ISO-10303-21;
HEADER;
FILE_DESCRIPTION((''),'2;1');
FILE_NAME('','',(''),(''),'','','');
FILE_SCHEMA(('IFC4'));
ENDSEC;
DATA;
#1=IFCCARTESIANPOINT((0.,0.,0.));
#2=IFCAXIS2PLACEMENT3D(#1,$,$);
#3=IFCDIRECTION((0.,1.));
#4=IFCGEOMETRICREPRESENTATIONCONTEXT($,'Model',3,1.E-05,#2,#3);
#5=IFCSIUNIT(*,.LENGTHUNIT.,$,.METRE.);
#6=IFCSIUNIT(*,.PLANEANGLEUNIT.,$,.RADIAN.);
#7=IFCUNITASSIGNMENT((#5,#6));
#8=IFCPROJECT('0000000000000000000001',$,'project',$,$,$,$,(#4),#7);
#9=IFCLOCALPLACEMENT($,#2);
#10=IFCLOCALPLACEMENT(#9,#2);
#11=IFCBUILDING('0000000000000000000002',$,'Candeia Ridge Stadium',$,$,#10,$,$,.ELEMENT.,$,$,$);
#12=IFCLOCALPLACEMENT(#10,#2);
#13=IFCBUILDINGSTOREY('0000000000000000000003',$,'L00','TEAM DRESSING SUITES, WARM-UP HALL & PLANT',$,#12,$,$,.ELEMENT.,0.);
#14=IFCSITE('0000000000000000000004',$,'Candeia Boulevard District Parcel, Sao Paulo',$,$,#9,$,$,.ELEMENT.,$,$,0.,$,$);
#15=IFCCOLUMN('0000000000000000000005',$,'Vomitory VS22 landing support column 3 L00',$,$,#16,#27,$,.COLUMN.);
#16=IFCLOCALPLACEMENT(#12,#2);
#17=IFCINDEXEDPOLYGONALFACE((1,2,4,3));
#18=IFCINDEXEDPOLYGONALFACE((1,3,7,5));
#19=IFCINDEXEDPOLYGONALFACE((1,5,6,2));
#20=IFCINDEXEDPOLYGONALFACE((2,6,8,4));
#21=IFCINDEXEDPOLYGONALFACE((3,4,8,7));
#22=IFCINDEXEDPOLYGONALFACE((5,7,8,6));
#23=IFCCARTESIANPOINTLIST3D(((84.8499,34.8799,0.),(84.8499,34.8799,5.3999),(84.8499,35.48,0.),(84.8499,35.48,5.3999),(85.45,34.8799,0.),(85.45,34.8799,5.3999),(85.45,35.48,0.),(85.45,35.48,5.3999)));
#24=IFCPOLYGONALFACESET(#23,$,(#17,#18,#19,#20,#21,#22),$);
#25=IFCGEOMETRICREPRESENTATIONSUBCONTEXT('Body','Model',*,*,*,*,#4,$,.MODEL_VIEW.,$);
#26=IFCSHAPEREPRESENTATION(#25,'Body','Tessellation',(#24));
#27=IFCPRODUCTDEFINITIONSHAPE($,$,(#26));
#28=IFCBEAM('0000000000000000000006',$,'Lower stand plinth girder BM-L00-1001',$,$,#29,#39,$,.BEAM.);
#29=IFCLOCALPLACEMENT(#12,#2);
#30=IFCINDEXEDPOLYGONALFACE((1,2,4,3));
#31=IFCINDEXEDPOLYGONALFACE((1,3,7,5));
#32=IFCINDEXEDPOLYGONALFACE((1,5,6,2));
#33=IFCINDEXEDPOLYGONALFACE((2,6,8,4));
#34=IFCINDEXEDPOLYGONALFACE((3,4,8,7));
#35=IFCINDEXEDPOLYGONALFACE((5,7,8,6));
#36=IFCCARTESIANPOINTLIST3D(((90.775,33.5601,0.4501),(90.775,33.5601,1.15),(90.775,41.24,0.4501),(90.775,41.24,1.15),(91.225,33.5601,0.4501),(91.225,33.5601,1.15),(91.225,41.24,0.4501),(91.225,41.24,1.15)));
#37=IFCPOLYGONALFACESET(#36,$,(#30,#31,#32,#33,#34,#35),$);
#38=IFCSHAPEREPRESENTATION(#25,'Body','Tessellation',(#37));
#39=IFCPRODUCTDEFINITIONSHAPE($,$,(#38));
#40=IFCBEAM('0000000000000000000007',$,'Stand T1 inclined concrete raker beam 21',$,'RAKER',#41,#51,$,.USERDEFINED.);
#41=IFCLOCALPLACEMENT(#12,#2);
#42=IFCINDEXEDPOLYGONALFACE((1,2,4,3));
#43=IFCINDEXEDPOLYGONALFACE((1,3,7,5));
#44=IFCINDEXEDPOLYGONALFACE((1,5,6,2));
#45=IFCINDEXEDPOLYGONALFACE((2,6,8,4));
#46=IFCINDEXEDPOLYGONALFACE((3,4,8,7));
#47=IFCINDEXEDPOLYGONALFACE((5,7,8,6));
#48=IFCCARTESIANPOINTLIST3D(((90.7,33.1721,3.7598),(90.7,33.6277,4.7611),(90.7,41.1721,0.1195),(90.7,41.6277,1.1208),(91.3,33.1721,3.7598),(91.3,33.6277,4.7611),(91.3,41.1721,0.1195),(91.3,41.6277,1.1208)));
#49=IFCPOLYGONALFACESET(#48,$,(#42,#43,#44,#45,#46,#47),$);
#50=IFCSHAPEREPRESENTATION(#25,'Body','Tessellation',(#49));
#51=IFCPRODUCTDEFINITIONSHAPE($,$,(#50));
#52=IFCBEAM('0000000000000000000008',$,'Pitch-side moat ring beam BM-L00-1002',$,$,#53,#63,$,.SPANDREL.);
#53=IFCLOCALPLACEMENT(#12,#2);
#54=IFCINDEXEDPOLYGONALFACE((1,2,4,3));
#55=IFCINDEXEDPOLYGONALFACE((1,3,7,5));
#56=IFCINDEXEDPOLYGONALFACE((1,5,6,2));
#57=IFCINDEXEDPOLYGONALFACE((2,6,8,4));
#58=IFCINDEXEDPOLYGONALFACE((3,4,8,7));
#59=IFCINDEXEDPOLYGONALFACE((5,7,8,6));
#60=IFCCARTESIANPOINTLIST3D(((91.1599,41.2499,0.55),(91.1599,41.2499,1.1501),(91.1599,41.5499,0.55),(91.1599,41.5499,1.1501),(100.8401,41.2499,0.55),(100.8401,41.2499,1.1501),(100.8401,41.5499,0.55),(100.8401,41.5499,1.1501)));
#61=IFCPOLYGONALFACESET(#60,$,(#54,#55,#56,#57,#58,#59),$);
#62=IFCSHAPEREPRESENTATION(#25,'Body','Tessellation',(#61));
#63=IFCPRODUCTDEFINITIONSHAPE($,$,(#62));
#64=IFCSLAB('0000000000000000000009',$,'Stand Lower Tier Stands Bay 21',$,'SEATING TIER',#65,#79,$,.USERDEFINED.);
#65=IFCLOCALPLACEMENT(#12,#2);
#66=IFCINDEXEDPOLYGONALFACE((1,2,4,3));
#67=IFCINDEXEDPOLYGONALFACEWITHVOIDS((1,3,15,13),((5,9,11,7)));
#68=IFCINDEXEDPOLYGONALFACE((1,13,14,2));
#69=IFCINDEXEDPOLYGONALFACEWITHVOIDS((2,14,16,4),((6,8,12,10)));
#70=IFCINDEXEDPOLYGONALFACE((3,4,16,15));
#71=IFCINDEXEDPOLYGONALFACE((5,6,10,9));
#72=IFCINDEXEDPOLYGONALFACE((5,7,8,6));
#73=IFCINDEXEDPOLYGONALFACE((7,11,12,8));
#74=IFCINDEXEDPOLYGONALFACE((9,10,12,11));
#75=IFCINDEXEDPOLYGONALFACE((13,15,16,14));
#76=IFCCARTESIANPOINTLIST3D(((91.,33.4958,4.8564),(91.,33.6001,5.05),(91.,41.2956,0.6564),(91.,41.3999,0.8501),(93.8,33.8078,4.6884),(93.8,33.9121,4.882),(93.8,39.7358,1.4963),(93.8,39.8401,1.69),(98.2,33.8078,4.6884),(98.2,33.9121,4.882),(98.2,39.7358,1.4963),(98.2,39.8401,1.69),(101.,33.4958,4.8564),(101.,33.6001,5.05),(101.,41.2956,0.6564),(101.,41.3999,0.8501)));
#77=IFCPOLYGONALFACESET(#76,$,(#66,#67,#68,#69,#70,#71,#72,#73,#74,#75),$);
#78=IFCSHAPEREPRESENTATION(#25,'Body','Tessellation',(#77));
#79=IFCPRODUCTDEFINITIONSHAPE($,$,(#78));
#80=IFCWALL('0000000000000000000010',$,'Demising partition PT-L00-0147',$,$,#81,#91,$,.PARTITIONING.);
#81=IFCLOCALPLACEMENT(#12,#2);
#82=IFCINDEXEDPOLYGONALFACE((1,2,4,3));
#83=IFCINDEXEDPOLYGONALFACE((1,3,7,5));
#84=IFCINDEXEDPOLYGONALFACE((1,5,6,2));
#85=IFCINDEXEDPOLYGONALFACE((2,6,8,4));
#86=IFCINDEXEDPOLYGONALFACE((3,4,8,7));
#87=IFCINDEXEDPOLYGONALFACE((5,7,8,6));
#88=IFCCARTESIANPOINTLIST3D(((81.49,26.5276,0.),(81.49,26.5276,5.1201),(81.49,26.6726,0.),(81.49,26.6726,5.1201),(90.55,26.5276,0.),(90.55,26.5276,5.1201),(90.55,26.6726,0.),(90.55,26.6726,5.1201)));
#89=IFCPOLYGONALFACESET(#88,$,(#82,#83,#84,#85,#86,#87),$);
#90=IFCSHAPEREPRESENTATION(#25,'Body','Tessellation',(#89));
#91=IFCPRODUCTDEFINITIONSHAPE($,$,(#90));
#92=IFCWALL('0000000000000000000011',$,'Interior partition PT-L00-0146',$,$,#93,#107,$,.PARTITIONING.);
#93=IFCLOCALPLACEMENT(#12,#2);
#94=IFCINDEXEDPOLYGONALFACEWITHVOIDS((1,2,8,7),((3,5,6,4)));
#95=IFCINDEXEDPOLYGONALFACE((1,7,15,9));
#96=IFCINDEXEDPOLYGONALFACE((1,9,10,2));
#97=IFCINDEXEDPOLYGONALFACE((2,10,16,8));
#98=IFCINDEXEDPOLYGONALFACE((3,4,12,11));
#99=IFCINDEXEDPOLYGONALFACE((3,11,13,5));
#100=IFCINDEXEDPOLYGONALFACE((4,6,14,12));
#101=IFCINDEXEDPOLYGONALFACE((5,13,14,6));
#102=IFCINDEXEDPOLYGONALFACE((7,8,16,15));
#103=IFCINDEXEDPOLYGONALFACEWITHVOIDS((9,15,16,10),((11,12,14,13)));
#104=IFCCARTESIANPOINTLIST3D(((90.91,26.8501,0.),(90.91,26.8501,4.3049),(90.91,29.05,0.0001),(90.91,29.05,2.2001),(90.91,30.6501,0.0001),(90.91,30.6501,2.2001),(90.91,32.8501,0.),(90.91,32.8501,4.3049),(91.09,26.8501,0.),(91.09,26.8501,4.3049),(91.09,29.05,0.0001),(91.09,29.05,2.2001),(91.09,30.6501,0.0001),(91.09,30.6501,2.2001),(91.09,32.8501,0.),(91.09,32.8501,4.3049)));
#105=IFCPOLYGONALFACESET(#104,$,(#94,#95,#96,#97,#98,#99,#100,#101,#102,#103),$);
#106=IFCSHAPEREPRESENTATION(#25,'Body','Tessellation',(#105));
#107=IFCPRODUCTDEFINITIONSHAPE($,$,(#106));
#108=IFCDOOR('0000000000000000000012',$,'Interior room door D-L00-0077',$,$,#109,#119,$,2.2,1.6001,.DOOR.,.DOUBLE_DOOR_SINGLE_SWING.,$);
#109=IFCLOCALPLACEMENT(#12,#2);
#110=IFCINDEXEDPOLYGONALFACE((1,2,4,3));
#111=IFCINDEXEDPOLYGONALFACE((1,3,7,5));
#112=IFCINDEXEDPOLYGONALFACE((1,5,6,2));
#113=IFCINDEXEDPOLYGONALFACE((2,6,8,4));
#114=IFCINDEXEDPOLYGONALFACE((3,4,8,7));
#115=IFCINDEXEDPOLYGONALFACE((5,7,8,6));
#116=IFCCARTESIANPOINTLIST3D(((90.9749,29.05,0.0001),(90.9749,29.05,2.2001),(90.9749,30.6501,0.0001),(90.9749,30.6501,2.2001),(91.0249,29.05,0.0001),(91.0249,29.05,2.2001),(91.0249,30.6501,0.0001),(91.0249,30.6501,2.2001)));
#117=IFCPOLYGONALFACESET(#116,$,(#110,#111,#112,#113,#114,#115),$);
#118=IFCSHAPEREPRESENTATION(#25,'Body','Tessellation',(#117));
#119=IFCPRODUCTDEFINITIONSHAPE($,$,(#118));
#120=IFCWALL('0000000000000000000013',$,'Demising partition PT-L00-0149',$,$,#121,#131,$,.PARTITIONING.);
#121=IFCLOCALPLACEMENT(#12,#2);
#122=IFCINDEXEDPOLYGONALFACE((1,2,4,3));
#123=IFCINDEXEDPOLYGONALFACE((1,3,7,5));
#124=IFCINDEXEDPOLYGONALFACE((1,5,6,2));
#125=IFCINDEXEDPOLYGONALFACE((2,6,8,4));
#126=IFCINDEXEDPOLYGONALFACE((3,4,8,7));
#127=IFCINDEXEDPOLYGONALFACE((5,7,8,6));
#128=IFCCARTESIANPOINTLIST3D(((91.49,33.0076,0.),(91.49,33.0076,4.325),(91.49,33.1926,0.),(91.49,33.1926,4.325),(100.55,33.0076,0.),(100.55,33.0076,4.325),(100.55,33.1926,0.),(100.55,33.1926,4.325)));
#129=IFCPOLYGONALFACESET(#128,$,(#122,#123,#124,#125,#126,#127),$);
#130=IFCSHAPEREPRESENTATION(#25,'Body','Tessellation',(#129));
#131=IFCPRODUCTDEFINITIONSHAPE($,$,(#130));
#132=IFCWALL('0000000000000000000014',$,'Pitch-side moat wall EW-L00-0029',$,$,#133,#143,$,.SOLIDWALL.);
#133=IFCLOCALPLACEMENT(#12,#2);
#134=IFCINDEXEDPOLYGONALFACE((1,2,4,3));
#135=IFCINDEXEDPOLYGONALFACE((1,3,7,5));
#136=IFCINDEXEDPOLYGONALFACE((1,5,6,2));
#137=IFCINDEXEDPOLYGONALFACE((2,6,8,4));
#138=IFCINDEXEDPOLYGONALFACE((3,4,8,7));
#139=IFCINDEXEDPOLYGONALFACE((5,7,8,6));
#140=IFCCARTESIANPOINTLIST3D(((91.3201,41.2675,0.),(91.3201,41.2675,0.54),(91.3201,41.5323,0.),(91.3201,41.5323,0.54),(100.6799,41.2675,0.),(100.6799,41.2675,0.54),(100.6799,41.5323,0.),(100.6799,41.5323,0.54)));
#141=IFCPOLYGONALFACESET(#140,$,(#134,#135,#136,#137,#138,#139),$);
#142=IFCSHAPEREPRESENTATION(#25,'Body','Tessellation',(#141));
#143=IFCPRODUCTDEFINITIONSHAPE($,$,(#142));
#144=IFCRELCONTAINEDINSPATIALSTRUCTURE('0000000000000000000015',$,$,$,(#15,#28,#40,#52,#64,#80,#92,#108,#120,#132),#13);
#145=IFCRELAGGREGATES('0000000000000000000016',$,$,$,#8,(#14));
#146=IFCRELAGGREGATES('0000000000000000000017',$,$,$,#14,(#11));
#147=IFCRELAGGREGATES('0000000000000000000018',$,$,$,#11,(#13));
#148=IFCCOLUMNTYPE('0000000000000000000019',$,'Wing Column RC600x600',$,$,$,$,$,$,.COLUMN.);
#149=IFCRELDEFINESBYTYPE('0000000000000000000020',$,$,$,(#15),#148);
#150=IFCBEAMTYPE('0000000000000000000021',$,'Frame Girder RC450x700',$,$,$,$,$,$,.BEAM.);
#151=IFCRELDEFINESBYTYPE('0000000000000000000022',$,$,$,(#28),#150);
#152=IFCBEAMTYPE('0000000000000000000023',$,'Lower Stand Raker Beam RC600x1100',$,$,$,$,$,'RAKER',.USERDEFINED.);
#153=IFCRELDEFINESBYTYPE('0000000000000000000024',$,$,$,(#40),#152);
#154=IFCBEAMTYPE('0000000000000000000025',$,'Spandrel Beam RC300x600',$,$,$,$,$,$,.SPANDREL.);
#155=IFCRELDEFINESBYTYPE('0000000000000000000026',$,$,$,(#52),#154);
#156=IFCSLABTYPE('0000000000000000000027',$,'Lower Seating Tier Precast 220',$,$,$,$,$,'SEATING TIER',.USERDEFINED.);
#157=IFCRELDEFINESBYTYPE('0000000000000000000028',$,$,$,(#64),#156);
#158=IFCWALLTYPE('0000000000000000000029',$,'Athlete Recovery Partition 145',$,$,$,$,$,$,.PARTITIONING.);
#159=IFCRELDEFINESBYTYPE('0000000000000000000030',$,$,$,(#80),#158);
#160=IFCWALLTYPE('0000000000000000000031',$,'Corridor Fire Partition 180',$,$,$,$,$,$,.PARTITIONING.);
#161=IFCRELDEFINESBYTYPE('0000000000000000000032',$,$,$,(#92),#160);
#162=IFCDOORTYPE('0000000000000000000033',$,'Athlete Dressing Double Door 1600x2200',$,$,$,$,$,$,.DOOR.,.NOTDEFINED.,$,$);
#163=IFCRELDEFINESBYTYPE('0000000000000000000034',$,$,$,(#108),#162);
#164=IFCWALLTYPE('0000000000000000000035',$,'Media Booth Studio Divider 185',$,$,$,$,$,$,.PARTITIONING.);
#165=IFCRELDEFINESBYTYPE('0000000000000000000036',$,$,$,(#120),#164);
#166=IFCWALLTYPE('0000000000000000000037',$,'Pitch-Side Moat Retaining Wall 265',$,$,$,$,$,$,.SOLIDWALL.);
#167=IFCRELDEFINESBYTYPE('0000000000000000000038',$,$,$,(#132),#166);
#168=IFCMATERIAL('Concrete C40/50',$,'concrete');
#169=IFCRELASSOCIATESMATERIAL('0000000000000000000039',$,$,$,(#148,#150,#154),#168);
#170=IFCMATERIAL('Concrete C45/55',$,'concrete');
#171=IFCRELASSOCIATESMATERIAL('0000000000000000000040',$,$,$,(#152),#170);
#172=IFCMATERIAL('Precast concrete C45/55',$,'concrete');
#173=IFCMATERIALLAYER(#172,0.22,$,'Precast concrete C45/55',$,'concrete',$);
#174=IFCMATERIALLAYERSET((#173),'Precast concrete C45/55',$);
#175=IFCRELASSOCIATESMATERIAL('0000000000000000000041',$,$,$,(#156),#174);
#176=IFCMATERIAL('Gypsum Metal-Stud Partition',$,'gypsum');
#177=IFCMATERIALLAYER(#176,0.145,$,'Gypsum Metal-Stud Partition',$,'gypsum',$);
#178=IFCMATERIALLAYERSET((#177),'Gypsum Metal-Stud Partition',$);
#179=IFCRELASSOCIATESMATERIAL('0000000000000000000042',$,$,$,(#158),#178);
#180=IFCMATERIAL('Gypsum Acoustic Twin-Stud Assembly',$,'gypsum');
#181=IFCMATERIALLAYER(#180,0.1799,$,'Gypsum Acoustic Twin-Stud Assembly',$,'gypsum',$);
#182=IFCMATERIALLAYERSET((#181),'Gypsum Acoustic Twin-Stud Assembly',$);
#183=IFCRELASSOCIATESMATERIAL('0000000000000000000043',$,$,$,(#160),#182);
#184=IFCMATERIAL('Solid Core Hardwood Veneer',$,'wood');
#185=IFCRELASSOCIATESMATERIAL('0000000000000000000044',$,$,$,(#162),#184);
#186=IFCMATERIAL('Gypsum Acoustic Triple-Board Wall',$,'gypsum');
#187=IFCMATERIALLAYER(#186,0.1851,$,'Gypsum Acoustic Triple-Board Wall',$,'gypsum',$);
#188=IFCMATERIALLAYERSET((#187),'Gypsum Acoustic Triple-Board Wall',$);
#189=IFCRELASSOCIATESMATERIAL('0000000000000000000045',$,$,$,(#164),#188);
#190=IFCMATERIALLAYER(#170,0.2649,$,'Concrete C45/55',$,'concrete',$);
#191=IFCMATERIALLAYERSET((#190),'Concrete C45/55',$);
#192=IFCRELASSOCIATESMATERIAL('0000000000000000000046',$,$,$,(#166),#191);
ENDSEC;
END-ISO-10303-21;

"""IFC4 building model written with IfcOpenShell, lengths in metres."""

from ifc_helpers import new_model, si_unit, direction, frame, frame_2d, origin, origin_2d, place, context, subcontext, project, spatial, polyline, rectangle, outline, extrude, material, layer, layer_set, material_profile, profile_set, type_object, element, fill, save


model = new_model("IFC4")

# Units and contexts
model_context = context("Model", 3, precision=1e-05, world=origin(), true_north=direction((0.0, 1.0)))
body_context = subcontext(model_context, "Body", "Model", "MODEL_VIEW")
ifc_project = project(units=[si_unit("LENGTHUNIT", "METRE"), si_unit("PLANEANGLEUNIT", "RADIAN")], contexts=[model_context])

# Site, building, storey
site_placement = place(None, origin())
site = spatial("IfcSite", under=ifc_project, at=site_placement, Name="Candeia Boulevard District Parcel, Sao Paulo", CompositionType="ELEMENT", RefElevation=0.0)
building_placement = place(site_placement, origin())
building = spatial("IfcBuilding", under=site, at=building_placement, Name="Candeia Ridge Stadium", CompositionType="ELEMENT")
storey_placement = place(building_placement, origin())
storey = spatial("IfcBuildingStorey", under=building, at=storey_placement, Name="L00", Description="TEAM DRESSING SUITES, WARM-UP HALL & PLANT", CompositionType="ELEMENT", Elevation=0.0)

# Shared definitions
ifc_material_1 = material(Name="Concrete C40/50", Category="concrete")

# Column
ifc_material_2 = material(Name="Concrete C45/55", Category="concrete")
ifc_material_profile_1 = material_profile(ifc_material_1, rectangle(XDim=0.6001, YDim=0.6001, at=origin_2d()), Name="RC600x600", Category="concrete")
ifc_profile_set_1 = profile_set([ifc_material_profile_1], Name="Concrete C40/50")
column_type_1 = type_object("IfcColumnType", Name="Wing Column RC600x600", PredefinedType="COLUMN", material=ifc_profile_set_1)
for number, where, z_axis, x_axis, name in (
    (1, (85.1499, 35.1799, 0.0), (0.0, 0.0, 1.0), (1.0, 0.0, 0.0), "Vomitory VS22 landing support column 3 L00"),
):
    element("IfcColumn", number, at=place(storey_placement, frame(where, z_axis=z_axis, x_axis=x_axis)), inside=storey, type_object=column_type_1, Name=name, PredefinedType="COLUMN", context=body_context, shape_type="SweptSolid", body=[
        extrude(rectangle(XDim=0.6001, YDim=0.6001, at=origin_2d()), origin(), (0.0, 0.0, 1.0), 5.3999),
    ])

# Beams
ifc_material_profile_2 = material_profile(ifc_material_1, rectangle(XDim=0.45, YDim=0.7, at=origin_2d()), Name="RC450x700", Category="concrete")
ifc_profile_set_2 = profile_set([ifc_material_profile_2], Name="Concrete C40/50")
beam_type_1 = type_object("IfcBeamType", Name="Frame Girder RC450x700", PredefinedType="BEAM", material=ifc_profile_set_2)
beam_1_placement = place(storey_placement, frame((91.0, 41.24, 0.8), z_axis=(0.0, -1.0, 0.0), x_axis=(1.0, 0.0, 0.0)))
element("IfcBeam", 2, at=beam_1_placement, inside=storey, type_object=beam_type_1, Name="Lower stand plinth girder BM-L00-1001", PredefinedType="BEAM", context=body_context, shape_type="SweptSolid", body=[
    extrude(rectangle(XDim=0.45, YDim=0.7, at=origin_2d()), origin(), (0.0, 0.0, 1.0), 7.6799),
])
ifc_material_profile_3 = material_profile(ifc_material_2, rectangle(XDim=0.6001, YDim=1.1001, at=origin_2d()), Name="RC600x1100", Category="concrete")
ifc_profile_set_3 = profile_set([ifc_material_profile_3], Name="Concrete C45/55")
beam_type_2 = type_object("IfcBeamType", Name="Lower Stand Raker Beam RC600x1100", ElementType="RAKER", PredefinedType="USERDEFINED", material=ifc_profile_set_3)
beam_2_placement = place(storey_placement, frame((91.0, 41.3999, 0.6201), z_axis=(0.0, -0.910194, 0.414182), x_axis=(1.0, 0.0, 0.0)))
element("IfcBeam", 3, at=beam_2_placement, inside=storey, type_object=beam_type_2, Name="Stand T1 inclined concrete raker beam 21", ObjectType="RAKER", PredefinedType="USERDEFINED", context=body_context, shape_type="SweptSolid", body=[
    extrude(rectangle(XDim=0.6001, YDim=1.1001, at=origin_2d()), origin(), (0.0, 0.0, 1.0), 8.7893),
])
ifc_material_profile_4 = material_profile(ifc_material_1, rectangle(XDim=0.3, YDim=0.6001, at=origin_2d()), Name="RC300x600", Category="concrete")
ifc_profile_set_4 = profile_set([ifc_material_profile_4], Name="Concrete C40/50")
beam_type_3 = type_object("IfcBeamType", Name="Spandrel Beam RC300x600", PredefinedType="SPANDREL", material=ifc_profile_set_4)
beam_3_placement = place(storey_placement, frame((91.1599, 41.3999, 0.8501), z_axis=(1.0, 0.0, 0.0), x_axis=(0.0, 1.0, 0.0)))
element("IfcBeam", 4, at=beam_3_placement, inside=storey, type_object=beam_type_3, Name="Pitch-side moat ring beam BM-L00-1002", PredefinedType="SPANDREL", context=body_context, shape_type="SweptSolid", body=[
    extrude(rectangle(XDim=0.3, YDim=0.6001, at=origin_2d()), origin(), (0.0, 0.0, 1.0), 9.6802),
])

# Slab
ifc_material_3 = material(Name="Precast concrete C45/55", Category="concrete")
ifc_layer_1 = layer(ifc_material_3, 0.22, Name="Precast concrete C45/55", Category="concrete")
ifc_layer_set_1 = layer_set([ifc_layer_1], Name="Precast concrete C45/55")
slab_type = type_object("IfcSlabType", Name="Lower Seating Tier Precast 220", ElementType="SEATING TIER", PredefinedType="USERDEFINED", material=ifc_layer_set_1)
slab_placement = place(storey_placement, frame((91.0, 41.3999, 0.8501), z_axis=(0.0, 0.474105, 0.880468), x_axis=(1.0, 0.0, 0.0)))
element("IfcSlab", 5, at=slab_placement, inside=storey, type_object=slab_type, Name="Stand Lower Tier Stands Bay 21", ObjectType="SEATING TIER", PredefinedType="USERDEFINED", context=body_context, shape_type="SweptSolid", body=[
    extrude(outline(polyline([(0.0, 0.0), (10.0, 0.0), (10.0, -8.8587), (0.0, -8.8587), (0.0, 0.0)]), holes=[polyline([(2.8, -1.7715), (7.2, -1.7715), (7.2, -8.5043), (2.8, -8.5043), (2.8, -1.7715)])]), origin(), (0.0, 0.0, -1.0), 0.22),
])

# Wall
ifc_material_4 = material(Name="Gypsum Metal-Stud Partition", Category="gypsum")
ifc_layer_2 = layer(ifc_material_4, 0.145, Name="Gypsum Metal-Stud Partition", Category="gypsum")
ifc_layer_set_2 = layer_set([ifc_layer_2], Name="Gypsum Metal-Stud Partition")
wall_type_1 = type_object("IfcWallType", Name="Athlete Recovery Partition 145", PredefinedType="PARTITIONING", material=ifc_layer_set_2)
wall_1_placement = place(storey_placement, frame((90.55, 26.6001, 0.0), z_axis=(0.0, 0.0, 1.0), x_axis=(-1.0, 0.0, 0.0)))
element("IfcWall", 6, at=wall_1_placement, inside=storey, type_object=wall_type_1, Name="Demising partition PT-L00-0147", PredefinedType="PARTITIONING", context=body_context, shape_type="SweptSolid", body=[
    extrude(rectangle(XDim=9.0601, YDim=0.145, at=frame_2d((4.53, 0.0))), origin(), (0.0, 0.0, 1.0), 5.1201),
])

# Wall, opening, door
ifc_material_5 = material(Name="Gypsum Acoustic Twin-Stud Assembly", Category="gypsum")
ifc_layer_3 = layer(ifc_material_5, 0.1799, Name="Gypsum Acoustic Twin-Stud Assembly", Category="gypsum")
ifc_layer_set_3 = layer_set([ifc_layer_3], Name="Gypsum Acoustic Twin-Stud Assembly")
wall_type_2 = type_object("IfcWallType", Name="Corridor Fire Partition 180", PredefinedType="PARTITIONING", material=ifc_layer_set_3)
wall_2_placement = place(storey_placement, frame((91.0, 32.8501, 0.0), z_axis=(0.0, 0.0, 1.0), x_axis=(0.0, -1.0, 0.0)))
wall_2 = element("IfcWall", 7, at=wall_2_placement, inside=storey, type_object=wall_type_2, Name="Interior partition PT-L00-0146", PredefinedType="PARTITIONING", context=body_context, shape_type="SweptSolid", body=[
    extrude(rectangle(XDim=6.0, YDim=0.1799, at=frame_2d((3.0, 0.0))), origin(), (0.0, 0.0, 1.0), 4.3049),
])
opening_placement = place(wall_2_placement, frame((2.2, 0.0, 0.0)))
opening = element("IfcOpeningElement", 8, at=opening_placement, cuts=wall_2, PredefinedType="OPENING", context=body_context, shape_type="SweptSolid", body=[
    extrude(rectangle(XDim=1.6001, YDim=2.2, at=frame_2d((0.8, 1.1001))), frame((0.0, 0.0999, 0.0), z_axis=(0.0, -1.0, 0.0), x_axis=(1.0, 0.0, 0.0)), (0.0, 0.0, 1.0), 0.2),
])
ifc_material_6 = material(Name="Solid Core Hardwood Veneer", Category="wood")
door_type = type_object("IfcDoorType", Name="Athlete Dressing Double Door 1600x2200", OperationType="NOTDEFINED", PredefinedType="DOOR", material=ifc_material_6)
door_placement = place(opening_placement, origin())
door = element("IfcDoor", 9, at=door_placement, inside=storey, type_object=door_type, Name="Interior room door D-L00-0077", OperationType="DOUBLE_DOOR_SINGLE_SWING", OverallHeight=2.2, OverallWidth=1.6001, PredefinedType="DOOR", context=body_context, shape_type="SweptSolid", body=[
    extrude(rectangle(XDim=1.6001, YDim=2.2, at=frame_2d((0.8, 1.1001))), frame((0.0, 0.0249, 0.0), z_axis=(0.0, -1.0, 0.0), x_axis=(1.0, 0.0, 0.0)), (0.0, 0.0, 1.0), 0.05),
])
fill(opening, door)

# Walls
ifc_material_7 = material(Name="Gypsum Acoustic Triple-Board Wall", Category="gypsum")
ifc_layer_4 = layer(ifc_material_7, 0.1851, Name="Gypsum Acoustic Triple-Board Wall", Category="gypsum")
ifc_layer_set_4 = layer_set([ifc_layer_4], Name="Gypsum Acoustic Triple-Board Wall")
wall_type_3 = type_object("IfcWallType", Name="Media Booth Studio Divider 185", PredefinedType="PARTITIONING", material=ifc_layer_set_4)
wall_3_placement = place(storey_placement, frame((91.49, 33.1001, 0.0), z_axis=(0.0, 0.0, 1.0), x_axis=(1.0, 0.0, 0.0)))
element("IfcWall", 10, at=wall_3_placement, inside=storey, type_object=wall_type_3, Name="Demising partition PT-L00-0149", PredefinedType="PARTITIONING", context=body_context, shape_type="SweptSolid", body=[
    extrude(rectangle(XDim=9.0601, YDim=0.1851, at=frame_2d((4.53, 0.0))), origin(), (0.0, 0.0, 1.0), 4.325),
])
ifc_layer_5 = layer(ifc_material_2, 0.2649, Name="Concrete C45/55", Category="concrete")
ifc_layer_set_5 = layer_set([ifc_layer_5], Name="Concrete C45/55")
wall_type_4 = type_object("IfcWallType", Name="Pitch-Side Moat Retaining Wall 265", PredefinedType="SOLIDWALL", material=ifc_layer_set_5)
wall_4_placement = place(storey_placement, frame((91.3201, 41.3999, 0.0), z_axis=(0.0, 0.0, 1.0), x_axis=(1.0, 0.0, 0.0)))
element("IfcWall", 11, at=wall_4_placement, inside=storey, type_object=wall_type_4, Name="Pitch-side moat wall EW-L00-0029", PredefinedType="SOLIDWALL", context=body_context, shape_type="SweptSolid", body=[
    extrude(rectangle(XDim=9.3599, YDim=0.2649, at=frame_2d((4.6799, 0.0))), origin(), (0.0, 0.0, 1.0), 0.54),
])

save(model, "model.ifc")
